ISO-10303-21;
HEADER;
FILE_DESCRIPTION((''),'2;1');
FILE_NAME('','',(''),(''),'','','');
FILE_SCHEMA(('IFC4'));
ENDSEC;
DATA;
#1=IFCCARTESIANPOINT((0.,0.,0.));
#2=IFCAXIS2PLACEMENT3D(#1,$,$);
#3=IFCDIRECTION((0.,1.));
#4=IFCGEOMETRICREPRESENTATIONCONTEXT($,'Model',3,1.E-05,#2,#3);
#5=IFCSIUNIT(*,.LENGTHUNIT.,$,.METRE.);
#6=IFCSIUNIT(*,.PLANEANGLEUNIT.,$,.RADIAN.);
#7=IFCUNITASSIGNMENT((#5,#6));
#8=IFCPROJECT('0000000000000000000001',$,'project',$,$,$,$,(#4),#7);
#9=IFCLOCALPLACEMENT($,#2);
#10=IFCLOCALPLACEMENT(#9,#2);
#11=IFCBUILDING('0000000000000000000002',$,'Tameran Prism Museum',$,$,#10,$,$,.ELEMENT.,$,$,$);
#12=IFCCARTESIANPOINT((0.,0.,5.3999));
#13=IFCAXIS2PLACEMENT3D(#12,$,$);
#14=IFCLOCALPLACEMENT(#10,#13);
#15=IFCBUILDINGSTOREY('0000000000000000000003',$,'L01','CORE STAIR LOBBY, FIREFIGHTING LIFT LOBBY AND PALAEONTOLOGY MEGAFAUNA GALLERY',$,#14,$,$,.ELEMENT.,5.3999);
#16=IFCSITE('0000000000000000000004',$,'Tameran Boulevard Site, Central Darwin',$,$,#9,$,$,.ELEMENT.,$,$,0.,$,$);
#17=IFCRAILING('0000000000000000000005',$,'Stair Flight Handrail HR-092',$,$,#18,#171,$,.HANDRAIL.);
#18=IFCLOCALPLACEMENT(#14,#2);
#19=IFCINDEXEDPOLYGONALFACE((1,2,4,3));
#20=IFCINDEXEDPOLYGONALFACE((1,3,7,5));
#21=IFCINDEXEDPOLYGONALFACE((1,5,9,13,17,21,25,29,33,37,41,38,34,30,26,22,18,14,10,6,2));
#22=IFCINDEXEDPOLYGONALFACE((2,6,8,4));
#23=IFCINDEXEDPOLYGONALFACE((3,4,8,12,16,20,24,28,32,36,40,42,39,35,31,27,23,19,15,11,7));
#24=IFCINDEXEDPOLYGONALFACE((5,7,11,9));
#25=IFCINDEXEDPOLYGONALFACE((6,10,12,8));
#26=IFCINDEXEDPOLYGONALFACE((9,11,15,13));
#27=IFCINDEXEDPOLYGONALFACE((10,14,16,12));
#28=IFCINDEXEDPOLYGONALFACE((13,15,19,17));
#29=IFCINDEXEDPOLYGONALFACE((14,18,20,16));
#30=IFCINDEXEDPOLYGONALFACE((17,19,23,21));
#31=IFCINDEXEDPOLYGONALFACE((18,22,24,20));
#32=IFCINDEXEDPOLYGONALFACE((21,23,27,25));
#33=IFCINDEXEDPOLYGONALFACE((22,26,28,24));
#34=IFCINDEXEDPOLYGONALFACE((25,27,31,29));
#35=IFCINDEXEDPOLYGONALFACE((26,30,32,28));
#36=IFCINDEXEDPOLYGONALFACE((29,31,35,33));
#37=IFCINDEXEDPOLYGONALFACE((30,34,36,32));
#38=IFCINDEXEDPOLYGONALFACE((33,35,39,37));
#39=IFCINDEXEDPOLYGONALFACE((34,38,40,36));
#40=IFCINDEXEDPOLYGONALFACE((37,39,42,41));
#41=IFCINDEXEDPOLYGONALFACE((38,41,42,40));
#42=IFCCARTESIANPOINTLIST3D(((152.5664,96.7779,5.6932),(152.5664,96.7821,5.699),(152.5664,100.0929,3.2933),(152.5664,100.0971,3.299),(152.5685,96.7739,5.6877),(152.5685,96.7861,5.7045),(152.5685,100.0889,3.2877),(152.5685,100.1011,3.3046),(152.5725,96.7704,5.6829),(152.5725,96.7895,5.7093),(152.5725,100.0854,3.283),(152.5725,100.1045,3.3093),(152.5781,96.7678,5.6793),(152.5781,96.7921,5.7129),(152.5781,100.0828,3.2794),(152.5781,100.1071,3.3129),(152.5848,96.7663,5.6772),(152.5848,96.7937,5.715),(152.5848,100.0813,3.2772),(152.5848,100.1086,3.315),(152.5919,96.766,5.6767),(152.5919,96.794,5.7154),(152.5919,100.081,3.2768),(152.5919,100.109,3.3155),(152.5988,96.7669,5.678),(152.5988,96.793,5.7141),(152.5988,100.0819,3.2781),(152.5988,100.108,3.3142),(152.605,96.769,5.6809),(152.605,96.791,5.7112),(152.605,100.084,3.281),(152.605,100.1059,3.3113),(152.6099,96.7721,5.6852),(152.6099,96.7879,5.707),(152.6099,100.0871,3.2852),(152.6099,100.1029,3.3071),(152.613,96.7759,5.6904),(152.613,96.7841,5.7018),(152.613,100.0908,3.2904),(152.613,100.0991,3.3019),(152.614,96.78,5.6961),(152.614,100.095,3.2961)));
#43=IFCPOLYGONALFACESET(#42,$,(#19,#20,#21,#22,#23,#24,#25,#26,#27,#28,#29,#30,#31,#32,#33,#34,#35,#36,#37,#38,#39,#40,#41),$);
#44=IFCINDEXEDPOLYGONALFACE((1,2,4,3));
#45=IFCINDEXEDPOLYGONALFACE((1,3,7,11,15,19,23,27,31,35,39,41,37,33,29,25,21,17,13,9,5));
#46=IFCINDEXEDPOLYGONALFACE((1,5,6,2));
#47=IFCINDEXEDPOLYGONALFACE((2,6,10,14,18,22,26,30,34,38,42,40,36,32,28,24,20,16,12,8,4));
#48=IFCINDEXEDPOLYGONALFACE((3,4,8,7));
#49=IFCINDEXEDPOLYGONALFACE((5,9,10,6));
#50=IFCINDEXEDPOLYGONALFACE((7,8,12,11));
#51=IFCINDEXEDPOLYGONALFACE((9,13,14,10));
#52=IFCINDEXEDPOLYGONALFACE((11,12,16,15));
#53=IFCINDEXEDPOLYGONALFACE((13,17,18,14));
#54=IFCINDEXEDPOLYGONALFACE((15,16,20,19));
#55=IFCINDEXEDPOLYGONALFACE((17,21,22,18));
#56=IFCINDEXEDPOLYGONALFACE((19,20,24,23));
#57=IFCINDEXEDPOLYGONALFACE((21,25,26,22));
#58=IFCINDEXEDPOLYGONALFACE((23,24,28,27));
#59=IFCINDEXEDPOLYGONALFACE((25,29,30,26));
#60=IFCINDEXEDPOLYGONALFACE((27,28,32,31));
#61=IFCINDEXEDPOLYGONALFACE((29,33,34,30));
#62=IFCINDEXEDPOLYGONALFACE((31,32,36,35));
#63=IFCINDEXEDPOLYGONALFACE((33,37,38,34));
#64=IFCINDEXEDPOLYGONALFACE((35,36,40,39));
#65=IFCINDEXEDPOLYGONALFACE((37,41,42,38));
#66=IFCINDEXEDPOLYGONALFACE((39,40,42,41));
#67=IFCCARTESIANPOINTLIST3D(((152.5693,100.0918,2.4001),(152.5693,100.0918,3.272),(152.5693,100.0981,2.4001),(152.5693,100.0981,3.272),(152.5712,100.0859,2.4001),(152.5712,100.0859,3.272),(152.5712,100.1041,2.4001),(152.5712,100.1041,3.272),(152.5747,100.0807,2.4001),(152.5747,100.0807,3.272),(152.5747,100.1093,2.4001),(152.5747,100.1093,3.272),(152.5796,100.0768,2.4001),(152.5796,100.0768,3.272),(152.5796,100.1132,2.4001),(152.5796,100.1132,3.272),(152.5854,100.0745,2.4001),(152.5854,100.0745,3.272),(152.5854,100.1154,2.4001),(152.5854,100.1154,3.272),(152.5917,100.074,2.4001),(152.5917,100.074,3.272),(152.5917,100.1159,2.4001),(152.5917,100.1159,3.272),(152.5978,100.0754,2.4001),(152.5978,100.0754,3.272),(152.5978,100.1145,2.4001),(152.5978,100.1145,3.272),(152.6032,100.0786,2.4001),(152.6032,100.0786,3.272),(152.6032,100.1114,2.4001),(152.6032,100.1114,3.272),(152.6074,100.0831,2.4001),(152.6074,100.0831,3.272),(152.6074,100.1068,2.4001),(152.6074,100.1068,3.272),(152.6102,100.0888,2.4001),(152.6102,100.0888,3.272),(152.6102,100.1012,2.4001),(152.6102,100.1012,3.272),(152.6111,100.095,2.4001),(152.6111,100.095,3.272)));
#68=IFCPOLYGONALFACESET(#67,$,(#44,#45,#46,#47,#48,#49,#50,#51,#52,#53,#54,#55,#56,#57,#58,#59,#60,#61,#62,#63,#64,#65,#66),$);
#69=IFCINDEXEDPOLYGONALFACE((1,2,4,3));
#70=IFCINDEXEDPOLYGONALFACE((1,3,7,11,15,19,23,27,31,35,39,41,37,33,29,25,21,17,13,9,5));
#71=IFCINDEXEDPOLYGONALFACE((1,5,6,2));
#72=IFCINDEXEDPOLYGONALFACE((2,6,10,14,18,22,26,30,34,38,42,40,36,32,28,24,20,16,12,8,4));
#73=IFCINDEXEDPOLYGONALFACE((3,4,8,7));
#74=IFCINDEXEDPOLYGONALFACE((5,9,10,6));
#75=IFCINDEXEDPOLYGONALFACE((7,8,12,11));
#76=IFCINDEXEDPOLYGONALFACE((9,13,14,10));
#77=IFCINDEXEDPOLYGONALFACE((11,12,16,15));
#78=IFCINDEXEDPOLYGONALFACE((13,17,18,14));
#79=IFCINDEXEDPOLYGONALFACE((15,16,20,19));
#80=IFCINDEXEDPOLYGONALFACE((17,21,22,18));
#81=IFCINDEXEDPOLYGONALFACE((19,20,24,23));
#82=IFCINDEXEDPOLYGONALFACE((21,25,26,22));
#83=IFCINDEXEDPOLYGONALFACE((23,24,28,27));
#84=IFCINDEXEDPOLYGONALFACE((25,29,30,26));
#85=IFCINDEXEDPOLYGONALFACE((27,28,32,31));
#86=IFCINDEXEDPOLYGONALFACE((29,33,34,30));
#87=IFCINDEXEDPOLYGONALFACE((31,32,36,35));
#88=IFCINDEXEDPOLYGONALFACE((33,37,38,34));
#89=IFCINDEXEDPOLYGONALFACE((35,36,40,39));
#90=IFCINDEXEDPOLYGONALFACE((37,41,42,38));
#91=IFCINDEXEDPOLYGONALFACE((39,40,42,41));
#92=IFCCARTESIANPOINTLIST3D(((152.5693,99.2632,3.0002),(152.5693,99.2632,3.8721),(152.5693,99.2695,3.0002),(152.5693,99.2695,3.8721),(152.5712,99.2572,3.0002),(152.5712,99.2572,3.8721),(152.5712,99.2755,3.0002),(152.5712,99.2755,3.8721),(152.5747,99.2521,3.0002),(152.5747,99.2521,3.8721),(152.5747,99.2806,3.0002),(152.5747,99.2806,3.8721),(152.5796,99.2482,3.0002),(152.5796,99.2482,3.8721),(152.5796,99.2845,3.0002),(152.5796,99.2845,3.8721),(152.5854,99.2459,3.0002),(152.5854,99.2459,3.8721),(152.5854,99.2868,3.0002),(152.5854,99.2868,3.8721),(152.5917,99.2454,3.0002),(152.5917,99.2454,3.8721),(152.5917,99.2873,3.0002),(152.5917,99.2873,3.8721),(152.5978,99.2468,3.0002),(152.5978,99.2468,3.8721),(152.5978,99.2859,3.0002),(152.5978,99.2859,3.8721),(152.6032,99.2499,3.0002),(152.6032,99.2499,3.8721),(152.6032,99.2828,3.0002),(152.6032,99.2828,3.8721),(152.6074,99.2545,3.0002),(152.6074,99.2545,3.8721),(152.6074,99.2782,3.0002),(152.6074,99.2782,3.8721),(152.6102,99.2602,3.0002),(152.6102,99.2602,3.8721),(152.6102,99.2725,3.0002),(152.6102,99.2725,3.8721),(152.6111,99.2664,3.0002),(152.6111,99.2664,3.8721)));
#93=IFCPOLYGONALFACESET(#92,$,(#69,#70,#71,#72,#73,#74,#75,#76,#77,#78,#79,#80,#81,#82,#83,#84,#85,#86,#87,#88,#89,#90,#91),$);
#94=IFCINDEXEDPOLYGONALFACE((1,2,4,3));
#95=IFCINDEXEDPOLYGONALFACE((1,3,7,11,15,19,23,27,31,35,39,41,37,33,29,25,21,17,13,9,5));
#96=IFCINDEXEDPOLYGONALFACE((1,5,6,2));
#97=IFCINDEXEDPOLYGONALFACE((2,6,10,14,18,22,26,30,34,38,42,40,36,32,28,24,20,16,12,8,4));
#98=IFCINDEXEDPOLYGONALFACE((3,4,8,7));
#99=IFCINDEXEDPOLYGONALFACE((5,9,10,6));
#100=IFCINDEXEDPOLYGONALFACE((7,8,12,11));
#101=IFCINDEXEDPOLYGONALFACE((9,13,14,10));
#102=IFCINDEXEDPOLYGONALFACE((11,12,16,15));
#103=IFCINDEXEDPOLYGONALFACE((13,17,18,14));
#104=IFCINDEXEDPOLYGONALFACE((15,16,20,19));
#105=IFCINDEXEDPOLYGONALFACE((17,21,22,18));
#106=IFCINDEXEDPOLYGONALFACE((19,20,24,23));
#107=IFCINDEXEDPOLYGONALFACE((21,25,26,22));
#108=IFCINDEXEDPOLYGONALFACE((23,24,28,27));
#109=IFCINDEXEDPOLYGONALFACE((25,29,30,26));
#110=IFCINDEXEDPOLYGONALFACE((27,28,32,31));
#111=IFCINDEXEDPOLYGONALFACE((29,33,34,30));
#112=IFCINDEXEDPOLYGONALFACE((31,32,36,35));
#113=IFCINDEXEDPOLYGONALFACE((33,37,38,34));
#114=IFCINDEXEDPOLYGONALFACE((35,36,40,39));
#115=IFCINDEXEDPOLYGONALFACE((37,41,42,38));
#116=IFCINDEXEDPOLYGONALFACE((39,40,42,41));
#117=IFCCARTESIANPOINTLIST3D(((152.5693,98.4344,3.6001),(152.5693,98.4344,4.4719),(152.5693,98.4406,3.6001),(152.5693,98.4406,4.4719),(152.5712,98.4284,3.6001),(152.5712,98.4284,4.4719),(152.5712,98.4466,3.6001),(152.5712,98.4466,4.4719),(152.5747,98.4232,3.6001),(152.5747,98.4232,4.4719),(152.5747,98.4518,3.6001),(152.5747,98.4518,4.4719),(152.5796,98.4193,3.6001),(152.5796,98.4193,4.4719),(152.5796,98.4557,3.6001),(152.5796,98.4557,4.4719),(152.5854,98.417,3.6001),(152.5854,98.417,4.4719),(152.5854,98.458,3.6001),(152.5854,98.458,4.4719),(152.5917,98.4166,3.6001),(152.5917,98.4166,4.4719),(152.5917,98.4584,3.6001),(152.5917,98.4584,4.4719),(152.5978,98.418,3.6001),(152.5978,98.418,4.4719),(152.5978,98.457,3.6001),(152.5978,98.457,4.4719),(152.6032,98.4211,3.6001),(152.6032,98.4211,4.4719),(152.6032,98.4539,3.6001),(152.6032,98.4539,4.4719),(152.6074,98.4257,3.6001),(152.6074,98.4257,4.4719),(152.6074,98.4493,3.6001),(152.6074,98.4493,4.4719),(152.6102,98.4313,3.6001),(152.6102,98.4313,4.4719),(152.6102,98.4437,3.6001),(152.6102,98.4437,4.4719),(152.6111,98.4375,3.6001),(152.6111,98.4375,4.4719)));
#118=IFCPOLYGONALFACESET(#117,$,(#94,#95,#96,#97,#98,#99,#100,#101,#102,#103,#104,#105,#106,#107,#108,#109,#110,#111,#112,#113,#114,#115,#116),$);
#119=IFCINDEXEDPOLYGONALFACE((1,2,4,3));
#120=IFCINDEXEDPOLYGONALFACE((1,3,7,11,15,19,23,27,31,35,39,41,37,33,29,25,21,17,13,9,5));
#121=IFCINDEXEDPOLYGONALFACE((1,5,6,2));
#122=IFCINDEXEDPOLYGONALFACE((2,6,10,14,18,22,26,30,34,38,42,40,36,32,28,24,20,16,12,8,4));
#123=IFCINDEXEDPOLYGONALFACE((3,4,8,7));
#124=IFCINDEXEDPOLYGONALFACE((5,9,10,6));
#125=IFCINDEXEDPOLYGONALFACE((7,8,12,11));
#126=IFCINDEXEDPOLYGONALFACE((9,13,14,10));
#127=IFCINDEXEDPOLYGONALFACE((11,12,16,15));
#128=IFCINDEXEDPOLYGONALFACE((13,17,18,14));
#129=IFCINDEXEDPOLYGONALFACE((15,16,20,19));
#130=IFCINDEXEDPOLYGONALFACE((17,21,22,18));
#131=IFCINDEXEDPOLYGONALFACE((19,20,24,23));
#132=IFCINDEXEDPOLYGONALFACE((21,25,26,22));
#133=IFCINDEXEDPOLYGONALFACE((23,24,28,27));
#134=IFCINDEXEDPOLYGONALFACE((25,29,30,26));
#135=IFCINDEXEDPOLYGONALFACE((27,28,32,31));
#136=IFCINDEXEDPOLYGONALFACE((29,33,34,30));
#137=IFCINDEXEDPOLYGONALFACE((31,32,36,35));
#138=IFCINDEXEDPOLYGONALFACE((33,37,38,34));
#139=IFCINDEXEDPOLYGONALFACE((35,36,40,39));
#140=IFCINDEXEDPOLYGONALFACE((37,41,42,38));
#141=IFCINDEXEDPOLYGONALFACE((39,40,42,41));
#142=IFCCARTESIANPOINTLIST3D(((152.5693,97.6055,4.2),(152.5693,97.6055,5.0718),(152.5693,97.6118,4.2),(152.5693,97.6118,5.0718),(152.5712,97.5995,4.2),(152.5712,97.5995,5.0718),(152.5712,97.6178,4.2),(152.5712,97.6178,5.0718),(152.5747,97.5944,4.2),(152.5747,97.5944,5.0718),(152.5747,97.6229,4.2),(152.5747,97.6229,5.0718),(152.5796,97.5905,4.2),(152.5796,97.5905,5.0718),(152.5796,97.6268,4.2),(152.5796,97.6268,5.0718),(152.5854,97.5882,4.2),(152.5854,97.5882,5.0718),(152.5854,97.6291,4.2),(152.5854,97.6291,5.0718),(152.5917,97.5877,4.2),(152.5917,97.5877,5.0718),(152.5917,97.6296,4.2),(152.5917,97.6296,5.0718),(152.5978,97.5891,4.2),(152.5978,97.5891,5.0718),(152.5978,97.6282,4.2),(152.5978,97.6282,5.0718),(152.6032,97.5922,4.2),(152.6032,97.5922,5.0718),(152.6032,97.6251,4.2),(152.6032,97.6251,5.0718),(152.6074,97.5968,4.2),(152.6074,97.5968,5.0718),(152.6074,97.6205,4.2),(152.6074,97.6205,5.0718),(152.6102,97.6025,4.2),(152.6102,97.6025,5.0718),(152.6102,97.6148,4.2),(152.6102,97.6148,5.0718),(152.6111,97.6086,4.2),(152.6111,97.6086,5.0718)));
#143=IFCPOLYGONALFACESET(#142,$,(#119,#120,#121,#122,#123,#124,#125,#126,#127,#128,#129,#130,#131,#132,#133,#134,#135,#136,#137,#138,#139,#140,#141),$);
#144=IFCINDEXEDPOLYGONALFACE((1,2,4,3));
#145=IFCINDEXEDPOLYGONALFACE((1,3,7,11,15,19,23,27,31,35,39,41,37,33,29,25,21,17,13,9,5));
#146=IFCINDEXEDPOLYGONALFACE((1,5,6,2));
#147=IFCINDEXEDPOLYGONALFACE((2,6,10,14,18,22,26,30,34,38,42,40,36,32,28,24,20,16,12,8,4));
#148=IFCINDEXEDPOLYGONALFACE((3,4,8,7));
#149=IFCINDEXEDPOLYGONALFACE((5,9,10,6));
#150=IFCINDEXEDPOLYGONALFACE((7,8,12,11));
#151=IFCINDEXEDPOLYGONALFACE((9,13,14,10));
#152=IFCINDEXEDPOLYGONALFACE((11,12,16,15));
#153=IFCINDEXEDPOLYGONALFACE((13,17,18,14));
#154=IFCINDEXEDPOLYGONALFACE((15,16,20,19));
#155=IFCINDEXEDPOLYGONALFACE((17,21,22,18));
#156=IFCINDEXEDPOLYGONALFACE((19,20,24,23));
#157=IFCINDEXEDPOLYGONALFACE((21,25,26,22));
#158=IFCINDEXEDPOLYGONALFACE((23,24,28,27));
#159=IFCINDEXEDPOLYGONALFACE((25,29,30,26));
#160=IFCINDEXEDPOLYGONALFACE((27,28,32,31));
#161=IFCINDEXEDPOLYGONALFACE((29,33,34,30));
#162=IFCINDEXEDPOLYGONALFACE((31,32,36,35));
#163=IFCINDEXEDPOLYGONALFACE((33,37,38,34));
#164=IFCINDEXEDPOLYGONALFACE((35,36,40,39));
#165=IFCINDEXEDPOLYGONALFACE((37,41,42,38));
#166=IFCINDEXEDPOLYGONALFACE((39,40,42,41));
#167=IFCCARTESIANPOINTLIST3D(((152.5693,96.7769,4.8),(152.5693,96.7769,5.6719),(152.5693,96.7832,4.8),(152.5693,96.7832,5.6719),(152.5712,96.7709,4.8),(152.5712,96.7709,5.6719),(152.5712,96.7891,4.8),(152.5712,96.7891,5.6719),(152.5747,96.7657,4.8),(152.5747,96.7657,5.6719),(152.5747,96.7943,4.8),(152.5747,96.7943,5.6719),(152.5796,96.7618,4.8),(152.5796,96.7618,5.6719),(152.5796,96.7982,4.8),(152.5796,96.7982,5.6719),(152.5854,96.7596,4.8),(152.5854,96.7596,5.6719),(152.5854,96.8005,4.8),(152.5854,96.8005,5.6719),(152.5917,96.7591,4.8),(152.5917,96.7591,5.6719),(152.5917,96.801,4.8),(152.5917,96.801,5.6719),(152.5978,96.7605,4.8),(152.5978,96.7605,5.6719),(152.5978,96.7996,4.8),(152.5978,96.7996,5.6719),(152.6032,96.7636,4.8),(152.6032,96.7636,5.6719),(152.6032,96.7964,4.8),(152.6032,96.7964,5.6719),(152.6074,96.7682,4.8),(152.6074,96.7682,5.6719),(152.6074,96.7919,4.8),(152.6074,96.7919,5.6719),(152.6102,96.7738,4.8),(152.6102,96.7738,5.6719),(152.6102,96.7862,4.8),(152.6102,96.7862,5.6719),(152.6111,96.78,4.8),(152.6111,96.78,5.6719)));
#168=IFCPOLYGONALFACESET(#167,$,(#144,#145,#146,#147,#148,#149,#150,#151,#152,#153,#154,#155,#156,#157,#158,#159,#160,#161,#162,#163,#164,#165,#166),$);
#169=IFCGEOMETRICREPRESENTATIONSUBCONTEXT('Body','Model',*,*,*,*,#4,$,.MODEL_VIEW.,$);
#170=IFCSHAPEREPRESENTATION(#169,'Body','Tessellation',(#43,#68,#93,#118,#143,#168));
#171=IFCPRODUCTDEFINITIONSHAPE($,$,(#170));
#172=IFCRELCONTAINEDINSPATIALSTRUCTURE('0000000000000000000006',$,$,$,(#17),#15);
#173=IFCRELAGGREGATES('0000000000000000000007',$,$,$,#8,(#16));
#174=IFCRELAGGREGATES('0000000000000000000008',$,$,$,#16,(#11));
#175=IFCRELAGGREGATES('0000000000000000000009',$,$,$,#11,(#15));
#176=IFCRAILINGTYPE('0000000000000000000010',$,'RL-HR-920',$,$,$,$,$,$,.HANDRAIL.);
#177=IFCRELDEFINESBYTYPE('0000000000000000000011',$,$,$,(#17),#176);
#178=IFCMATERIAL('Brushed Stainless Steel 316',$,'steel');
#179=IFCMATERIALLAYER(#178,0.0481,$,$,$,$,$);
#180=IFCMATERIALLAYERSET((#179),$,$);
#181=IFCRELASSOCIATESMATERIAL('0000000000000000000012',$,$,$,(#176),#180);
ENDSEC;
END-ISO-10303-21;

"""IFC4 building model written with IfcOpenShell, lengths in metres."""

from ifc_helpers import new_model, si_unit, direction, frame, origin, origin_2d, place, context, subcontext, project, spatial, circle, extrude, material, layer, layer_set, type_object, element, save


model = new_model("IFC4")

# Units and contexts
model_context = context("Model", 3, precision=1e-05, world=origin(), true_north=direction((0.0, 1.0)))
body_context = subcontext(model_context, "Body", "Model", "MODEL_VIEW")
ifc_project = project(units=[si_unit("LENGTHUNIT", "METRE"), si_unit("PLANEANGLEUNIT", "RADIAN")], contexts=[model_context])

# Site, building, storey
site_placement = place(None, origin())
site = spatial("IfcSite", under=ifc_project, at=site_placement, Name="Tameran Boulevard Site, Central Darwin", CompositionType="ELEMENT", RefElevation=0.0)
building_placement = place(site_placement, origin())
building = spatial("IfcBuilding", under=site, at=building_placement, Name="Tameran Prism Museum", CompositionType="ELEMENT")
storey_placement = place(building_placement, frame((0.0, 0.0, 5.3999)))
storey = spatial("IfcBuildingStorey", under=building, at=storey_placement, Name="L01", Description="CORE STAIR LOBBY, FIREFIGHTING LIFT LOBBY AND PALAEONTOLOGY MEGAFAUNA GALLERY", CompositionType="ELEMENT", Elevation=5.3999)

# Railing
ifc_material_1 = material(Name="Brushed Stainless Steel 316", Category="steel")
ifc_layer_1 = layer(ifc_material_1, 0.0481)
ifc_layer_set_1 = layer_set([ifc_layer_1])
railing_type_1 = type_object("IfcRailingType", Name="RL-HR-920", PredefinedType="HANDRAIL", material=ifc_layer_set_1)
railing_1_placement = place(storey_placement, frame((152.5901, 100.095, 2.4001)))
element("IfcRailing", 1, at=railing_1_placement, inside=storey, type_object=railing_type_1, Name="Stair Flight Handrail HR-092", PredefinedType="HANDRAIL", context=body_context, shape_type="SweptSolid", body=[
    extrude(circle(Radius=0.0239, at=origin_2d()), frame((0.0, 0.0, 0.896), z_axis=(0.0, -0.810009, 0.586418), x_axis=(1.0, 0.0, 0.0)), (0.0, 0.0, 1.0), 4.0925),
    extrude(circle(Radius=0.021, at=origin_2d()), origin(), (0.0, 0.0, 1.0), 0.8718),
    extrude(circle(Radius=0.021, at=origin_2d()), frame((0.0, -0.8286, 0.6001)), (0.0, 0.0, 1.0), 0.8718),
    extrude(circle(Radius=0.021, at=origin_2d()), frame((0.0, -1.6575, 1.2)), (0.0, 0.0, 1.0), 0.8718),
    extrude(circle(Radius=0.021, at=origin_2d()), frame((0.0, -2.4863, 1.7998)), (0.0, 0.0, 1.0), 0.8718),
    extrude(circle(Radius=0.021, at=origin_2d()), frame((0.0, -3.3149, 2.3999)), (0.0, 0.0, 1.0), 0.8718),
])

save(model, "model.ifc")
